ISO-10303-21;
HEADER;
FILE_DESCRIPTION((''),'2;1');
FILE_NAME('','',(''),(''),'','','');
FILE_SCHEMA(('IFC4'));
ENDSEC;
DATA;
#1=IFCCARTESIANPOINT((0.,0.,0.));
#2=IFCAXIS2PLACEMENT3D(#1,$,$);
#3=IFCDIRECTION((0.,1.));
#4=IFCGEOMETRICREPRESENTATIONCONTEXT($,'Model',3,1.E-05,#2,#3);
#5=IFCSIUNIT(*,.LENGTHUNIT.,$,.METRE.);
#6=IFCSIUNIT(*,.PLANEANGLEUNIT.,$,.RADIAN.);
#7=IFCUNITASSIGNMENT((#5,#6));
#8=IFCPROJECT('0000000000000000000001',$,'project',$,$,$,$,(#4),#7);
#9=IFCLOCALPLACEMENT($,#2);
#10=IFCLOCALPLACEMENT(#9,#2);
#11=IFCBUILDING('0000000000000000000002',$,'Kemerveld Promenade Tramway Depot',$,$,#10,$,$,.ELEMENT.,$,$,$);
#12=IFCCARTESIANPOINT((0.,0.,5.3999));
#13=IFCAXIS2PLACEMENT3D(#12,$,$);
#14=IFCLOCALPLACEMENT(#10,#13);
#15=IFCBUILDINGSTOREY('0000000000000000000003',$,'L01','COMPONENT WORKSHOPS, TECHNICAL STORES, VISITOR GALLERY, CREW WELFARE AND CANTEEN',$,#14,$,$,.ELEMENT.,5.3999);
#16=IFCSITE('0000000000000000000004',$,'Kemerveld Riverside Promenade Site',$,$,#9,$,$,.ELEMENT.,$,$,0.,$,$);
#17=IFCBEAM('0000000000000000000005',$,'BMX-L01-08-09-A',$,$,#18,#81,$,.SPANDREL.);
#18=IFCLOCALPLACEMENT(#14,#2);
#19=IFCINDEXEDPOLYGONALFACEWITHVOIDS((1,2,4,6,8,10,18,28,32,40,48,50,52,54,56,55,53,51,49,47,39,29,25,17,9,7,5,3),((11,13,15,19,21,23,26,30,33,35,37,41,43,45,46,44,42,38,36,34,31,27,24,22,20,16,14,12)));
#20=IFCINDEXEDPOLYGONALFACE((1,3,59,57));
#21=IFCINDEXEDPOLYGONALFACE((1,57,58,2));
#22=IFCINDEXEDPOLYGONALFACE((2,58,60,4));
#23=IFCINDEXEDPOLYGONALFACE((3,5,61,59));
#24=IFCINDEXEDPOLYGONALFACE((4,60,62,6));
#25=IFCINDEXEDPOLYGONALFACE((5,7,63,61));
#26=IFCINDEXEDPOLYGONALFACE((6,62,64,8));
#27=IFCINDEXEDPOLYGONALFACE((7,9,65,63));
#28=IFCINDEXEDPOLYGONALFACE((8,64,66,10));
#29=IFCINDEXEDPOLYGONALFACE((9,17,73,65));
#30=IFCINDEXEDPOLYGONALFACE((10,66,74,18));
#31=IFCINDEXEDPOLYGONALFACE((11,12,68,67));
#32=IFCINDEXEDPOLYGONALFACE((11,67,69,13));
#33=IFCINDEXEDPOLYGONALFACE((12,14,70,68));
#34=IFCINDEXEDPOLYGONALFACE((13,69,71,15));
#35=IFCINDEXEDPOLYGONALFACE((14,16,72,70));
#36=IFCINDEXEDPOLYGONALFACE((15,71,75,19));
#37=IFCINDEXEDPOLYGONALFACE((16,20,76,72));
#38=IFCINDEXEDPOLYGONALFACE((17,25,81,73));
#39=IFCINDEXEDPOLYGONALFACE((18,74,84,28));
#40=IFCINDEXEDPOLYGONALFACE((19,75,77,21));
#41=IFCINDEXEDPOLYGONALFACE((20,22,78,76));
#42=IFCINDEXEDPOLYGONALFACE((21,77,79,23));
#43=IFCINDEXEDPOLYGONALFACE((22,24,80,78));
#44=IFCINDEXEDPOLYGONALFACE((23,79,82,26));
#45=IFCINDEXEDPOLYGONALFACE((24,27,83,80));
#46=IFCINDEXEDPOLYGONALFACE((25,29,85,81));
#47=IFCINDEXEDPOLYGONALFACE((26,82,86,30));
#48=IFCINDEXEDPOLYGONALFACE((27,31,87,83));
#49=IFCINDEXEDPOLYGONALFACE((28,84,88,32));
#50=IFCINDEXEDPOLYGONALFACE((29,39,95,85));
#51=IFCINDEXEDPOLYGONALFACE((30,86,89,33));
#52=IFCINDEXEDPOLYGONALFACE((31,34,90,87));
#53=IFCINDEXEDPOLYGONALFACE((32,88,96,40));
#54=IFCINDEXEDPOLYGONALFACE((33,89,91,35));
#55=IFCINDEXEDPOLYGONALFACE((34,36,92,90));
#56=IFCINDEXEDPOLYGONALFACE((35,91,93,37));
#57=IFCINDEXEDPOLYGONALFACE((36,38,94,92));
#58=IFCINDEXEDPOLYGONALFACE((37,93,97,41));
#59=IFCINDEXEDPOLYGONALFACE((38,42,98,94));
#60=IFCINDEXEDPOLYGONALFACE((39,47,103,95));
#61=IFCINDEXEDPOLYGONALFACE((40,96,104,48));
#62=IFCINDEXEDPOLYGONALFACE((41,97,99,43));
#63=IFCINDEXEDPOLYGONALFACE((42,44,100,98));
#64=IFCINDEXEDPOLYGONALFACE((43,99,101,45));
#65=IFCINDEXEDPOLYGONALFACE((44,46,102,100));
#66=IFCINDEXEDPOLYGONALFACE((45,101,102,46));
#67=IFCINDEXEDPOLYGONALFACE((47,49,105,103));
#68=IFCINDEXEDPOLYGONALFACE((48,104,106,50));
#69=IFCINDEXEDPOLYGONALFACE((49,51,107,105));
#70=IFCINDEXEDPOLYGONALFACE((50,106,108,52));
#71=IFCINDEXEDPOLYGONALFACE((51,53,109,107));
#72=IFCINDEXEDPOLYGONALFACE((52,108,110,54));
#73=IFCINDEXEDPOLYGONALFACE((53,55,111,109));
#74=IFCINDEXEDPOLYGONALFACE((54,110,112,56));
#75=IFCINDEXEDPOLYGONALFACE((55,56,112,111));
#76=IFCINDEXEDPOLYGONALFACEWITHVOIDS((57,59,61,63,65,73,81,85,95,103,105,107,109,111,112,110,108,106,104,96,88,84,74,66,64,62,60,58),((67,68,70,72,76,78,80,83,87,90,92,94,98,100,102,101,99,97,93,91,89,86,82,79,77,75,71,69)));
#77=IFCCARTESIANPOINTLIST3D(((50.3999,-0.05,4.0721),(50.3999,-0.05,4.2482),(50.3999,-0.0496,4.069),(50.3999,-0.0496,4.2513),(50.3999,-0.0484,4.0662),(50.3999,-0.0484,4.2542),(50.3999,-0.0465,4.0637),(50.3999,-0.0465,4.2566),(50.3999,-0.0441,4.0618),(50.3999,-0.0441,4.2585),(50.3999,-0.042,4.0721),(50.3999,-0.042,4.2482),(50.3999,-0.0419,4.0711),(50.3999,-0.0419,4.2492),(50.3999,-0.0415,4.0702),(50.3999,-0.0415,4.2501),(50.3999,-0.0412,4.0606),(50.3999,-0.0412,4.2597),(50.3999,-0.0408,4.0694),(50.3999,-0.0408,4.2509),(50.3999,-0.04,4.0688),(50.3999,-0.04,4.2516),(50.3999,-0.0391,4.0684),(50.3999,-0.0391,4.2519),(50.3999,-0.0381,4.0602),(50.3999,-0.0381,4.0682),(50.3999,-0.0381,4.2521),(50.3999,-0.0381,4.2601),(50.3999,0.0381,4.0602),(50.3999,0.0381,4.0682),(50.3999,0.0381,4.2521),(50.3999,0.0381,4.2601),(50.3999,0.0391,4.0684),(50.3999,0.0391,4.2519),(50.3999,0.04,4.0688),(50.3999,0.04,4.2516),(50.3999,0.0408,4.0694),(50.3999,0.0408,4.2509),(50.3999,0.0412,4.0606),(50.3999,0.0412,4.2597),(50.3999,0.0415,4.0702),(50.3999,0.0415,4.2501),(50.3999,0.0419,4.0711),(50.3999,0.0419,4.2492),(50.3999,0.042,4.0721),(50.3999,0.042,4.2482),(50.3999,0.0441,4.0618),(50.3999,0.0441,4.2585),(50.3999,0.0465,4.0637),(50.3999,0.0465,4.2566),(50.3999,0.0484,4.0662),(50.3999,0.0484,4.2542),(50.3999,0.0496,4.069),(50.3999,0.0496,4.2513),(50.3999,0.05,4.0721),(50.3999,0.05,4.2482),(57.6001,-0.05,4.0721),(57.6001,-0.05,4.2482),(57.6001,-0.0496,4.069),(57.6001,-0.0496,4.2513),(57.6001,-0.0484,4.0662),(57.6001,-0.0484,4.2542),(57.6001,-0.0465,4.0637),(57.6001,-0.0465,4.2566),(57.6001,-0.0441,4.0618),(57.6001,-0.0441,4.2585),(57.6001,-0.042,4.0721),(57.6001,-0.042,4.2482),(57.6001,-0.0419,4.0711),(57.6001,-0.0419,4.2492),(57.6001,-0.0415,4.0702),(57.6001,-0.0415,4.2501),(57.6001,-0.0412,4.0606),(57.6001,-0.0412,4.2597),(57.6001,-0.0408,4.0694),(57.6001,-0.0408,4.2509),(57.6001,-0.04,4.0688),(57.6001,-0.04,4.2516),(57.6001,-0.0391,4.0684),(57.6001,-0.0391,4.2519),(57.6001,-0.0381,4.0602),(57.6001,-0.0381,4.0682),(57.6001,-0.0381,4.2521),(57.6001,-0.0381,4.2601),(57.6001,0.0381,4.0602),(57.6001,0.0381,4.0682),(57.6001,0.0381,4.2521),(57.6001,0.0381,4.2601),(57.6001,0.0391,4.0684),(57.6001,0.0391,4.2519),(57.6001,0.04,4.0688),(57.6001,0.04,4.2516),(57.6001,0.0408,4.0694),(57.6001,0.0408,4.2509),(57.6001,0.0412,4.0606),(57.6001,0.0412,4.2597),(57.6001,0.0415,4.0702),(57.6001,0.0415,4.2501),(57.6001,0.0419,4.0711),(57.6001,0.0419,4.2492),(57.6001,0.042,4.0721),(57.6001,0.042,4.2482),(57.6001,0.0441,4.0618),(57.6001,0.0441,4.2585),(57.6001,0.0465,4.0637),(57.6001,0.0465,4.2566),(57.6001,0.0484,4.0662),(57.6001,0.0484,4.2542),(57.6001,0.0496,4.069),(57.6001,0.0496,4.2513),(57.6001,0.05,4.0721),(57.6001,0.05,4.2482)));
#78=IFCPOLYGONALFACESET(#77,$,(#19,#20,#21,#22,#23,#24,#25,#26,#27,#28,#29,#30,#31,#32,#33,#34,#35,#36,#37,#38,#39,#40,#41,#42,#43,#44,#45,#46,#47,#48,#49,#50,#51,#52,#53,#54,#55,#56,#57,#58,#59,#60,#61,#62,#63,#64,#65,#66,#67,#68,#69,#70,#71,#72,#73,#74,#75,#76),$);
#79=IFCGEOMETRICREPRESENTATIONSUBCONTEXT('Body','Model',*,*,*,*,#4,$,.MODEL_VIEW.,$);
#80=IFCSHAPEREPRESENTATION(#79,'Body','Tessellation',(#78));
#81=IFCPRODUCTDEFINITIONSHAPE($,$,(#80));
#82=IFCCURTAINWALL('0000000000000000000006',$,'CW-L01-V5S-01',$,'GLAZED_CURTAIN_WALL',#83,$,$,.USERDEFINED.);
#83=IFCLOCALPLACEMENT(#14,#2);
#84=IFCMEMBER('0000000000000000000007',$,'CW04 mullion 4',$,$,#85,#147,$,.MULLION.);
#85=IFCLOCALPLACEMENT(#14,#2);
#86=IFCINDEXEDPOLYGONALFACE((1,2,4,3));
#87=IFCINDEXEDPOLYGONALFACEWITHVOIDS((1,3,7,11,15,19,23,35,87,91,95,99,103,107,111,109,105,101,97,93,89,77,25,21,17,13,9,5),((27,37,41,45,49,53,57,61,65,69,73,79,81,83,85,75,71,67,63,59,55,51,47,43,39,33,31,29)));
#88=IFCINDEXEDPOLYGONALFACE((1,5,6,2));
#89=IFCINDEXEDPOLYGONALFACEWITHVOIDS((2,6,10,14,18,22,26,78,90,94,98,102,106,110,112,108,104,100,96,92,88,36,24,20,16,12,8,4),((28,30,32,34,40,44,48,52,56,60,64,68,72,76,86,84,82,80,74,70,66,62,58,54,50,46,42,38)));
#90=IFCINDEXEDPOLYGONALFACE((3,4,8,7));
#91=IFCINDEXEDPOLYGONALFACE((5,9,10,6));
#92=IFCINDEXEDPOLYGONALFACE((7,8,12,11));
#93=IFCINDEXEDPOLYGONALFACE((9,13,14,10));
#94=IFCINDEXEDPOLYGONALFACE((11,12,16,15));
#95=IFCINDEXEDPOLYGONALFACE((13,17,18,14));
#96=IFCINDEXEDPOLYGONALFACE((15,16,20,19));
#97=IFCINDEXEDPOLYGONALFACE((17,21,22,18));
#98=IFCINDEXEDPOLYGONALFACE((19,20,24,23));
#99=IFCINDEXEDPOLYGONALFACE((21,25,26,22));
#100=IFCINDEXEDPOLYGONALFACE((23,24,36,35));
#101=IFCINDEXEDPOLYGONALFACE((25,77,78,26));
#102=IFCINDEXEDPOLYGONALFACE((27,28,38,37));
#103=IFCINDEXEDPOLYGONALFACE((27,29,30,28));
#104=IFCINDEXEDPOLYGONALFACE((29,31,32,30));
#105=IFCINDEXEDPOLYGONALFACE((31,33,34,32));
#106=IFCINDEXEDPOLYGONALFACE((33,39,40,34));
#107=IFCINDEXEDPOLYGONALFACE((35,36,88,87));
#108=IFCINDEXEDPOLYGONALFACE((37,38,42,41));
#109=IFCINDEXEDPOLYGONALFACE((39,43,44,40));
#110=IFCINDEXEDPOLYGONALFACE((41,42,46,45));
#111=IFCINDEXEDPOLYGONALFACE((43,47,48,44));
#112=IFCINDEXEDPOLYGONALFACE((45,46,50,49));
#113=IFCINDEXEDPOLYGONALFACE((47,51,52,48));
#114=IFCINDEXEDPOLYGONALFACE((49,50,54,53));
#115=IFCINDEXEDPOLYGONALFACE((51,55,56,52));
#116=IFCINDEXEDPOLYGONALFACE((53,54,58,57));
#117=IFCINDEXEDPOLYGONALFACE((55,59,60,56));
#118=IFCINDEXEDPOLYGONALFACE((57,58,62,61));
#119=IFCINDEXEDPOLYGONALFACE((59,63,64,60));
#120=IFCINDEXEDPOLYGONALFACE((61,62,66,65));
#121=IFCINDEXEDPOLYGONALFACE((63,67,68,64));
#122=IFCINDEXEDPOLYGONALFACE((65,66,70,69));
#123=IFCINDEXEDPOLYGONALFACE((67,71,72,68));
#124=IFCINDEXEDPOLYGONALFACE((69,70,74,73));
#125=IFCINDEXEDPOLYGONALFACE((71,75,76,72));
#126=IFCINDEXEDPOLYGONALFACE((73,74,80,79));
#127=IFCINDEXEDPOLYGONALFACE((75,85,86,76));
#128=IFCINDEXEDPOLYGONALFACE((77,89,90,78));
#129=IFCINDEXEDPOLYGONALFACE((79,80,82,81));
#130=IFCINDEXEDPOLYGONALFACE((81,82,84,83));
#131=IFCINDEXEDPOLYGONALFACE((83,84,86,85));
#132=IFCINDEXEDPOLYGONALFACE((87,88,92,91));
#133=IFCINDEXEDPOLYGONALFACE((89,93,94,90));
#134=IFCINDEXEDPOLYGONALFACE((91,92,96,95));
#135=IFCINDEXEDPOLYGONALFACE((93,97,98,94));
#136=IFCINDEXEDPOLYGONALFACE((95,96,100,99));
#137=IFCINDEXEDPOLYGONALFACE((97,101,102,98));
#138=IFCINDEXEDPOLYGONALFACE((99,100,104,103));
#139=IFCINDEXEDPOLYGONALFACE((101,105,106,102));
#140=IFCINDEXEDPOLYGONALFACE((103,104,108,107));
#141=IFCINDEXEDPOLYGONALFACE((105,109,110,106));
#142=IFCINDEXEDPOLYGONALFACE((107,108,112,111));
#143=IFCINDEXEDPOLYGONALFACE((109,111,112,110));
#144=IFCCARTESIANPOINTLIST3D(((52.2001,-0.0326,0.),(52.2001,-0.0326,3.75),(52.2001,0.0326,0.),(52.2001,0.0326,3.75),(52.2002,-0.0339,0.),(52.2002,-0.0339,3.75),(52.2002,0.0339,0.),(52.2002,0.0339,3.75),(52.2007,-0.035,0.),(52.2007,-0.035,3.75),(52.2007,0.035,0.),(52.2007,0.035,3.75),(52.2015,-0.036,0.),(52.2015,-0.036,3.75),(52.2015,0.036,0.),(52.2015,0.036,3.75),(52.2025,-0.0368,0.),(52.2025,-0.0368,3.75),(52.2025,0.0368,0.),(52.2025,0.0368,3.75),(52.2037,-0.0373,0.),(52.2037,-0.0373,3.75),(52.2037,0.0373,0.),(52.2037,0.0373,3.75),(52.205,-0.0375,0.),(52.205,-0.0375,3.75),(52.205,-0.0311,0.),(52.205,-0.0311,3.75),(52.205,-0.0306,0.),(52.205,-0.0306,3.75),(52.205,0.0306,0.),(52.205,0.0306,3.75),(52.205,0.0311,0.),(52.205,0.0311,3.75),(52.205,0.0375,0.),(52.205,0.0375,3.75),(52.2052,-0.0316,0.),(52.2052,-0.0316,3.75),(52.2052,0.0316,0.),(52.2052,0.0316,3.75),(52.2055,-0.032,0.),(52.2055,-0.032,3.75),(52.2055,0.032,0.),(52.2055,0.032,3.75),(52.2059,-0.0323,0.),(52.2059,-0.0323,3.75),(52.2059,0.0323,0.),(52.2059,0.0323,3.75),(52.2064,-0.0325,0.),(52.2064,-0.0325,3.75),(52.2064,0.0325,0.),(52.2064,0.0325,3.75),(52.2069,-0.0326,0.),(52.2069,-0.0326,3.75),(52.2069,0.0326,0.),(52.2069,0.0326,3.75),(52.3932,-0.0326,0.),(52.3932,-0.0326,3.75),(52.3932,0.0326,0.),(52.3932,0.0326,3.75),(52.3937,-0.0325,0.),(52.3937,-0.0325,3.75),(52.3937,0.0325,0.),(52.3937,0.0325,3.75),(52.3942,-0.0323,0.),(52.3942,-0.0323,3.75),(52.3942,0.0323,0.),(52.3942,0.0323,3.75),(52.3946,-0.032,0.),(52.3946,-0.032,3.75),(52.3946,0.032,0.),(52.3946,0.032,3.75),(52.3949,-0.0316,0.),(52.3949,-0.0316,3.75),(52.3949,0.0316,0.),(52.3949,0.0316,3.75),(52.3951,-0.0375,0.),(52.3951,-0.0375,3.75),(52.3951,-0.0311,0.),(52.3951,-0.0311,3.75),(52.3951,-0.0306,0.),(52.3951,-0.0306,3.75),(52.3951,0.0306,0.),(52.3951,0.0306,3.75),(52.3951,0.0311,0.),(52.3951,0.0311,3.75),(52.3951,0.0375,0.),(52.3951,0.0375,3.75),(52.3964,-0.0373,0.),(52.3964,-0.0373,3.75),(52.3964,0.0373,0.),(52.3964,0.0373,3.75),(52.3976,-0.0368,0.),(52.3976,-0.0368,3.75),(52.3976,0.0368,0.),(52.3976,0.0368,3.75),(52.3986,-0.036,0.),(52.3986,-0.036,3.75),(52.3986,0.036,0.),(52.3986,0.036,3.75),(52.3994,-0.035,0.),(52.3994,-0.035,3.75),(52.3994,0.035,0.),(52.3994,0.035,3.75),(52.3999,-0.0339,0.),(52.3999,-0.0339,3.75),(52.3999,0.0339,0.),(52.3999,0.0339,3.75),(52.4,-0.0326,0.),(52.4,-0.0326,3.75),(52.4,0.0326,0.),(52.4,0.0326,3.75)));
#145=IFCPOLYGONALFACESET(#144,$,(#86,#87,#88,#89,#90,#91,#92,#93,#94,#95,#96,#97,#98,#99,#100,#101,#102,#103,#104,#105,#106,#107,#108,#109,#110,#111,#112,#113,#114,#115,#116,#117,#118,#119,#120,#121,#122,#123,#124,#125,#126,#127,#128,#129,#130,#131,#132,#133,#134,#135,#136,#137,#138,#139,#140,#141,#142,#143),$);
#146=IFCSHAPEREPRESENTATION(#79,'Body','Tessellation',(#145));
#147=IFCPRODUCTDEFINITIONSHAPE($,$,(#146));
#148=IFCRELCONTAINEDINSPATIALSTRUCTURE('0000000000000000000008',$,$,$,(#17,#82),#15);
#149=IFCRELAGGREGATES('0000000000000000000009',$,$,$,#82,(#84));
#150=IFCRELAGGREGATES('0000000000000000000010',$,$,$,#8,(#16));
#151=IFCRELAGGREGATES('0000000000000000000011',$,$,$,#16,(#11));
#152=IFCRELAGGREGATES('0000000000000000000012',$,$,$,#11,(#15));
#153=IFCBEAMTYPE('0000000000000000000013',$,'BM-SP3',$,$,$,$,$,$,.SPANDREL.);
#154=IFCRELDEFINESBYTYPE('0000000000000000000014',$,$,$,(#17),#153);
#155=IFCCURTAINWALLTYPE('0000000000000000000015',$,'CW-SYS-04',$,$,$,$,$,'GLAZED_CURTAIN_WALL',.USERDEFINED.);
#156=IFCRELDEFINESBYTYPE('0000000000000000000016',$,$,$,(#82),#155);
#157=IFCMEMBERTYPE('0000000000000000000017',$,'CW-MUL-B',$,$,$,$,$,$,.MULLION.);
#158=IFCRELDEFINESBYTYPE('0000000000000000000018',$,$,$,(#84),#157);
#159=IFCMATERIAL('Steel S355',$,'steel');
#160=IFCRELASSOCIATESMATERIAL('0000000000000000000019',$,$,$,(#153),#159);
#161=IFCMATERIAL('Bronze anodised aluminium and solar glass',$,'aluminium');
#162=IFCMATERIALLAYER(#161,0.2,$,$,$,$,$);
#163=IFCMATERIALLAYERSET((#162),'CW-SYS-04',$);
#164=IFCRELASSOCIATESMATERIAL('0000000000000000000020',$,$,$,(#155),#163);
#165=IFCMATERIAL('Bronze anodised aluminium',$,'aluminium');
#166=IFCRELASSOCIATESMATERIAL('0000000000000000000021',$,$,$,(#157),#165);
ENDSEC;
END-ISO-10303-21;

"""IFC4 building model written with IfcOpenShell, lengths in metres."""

from ifc_helpers import new_model, si_unit, direction, frame, origin, origin_2d, place, context, subcontext, project, spatial, hollow_rectangle, extrude, material, layer, layer_set, material_profile, profile_set, type_object, element, aggregate, save


model = new_model("IFC4")

# Units and contexts
model_context = context("Model", 3, precision=1e-05, world=origin(), true_north=direction((0.0, 1.0)))
body_context = subcontext(model_context, "Body", "Model", "MODEL_VIEW")
ifc_project = project(units=[si_unit("LENGTHUNIT", "METRE"), si_unit("PLANEANGLEUNIT", "RADIAN")], contexts=[model_context])

# Site, building, storey
site_placement = place(None, origin())
site = spatial("IfcSite", under=ifc_project, at=site_placement, Name="Kemerveld Riverside Promenade Site", CompositionType="ELEMENT", RefElevation=0.0)
building_placement = place(site_placement, origin())
building = spatial("IfcBuilding", under=site, at=building_placement, Name="Kemerveld Promenade Tramway Depot", CompositionType="ELEMENT")
storey_placement = place(building_placement, frame((0.0, 0.0, 5.3999)))
storey = spatial("IfcBuildingStorey", under=building, at=storey_placement, Name="L01", Description="COMPONENT WORKSHOPS, TECHNICAL STORES, VISITOR GALLERY, CREW WELFARE AND CANTEEN", CompositionType="ELEMENT", Elevation=5.3999)

# Shared definitions
ifc_material_1 = material(Name="Steel S355", Category="steel")

# Beam
ifc_material_profile_1 = material_profile(ifc_material_1, hollow_rectangle(XDim=0.1001, YDim=0.2, WallThickness=0.0081, InnerFilletRadius=0.0039, OuterFilletRadius=0.012, at=origin_2d()), Name="200x100x8.0 RHS")
ifc_profile_set_1 = profile_set([ifc_material_profile_1], Name="Steel S355")
beam_type_1 = type_object("IfcBeamType", Name="BM-SP3", PredefinedType="SPANDREL", material=ifc_profile_set_1)
beam_1_placement = place(storey_placement, frame((50.3999, 0.0, 4.1602), z_axis=(1.0, 0.0, 0.0), x_axis=(0.0, 1.0, 0.0)))
element("IfcBeam", 1, at=beam_1_placement, inside=storey, type_object=beam_type_1, Name="BMX-L01-08-09-A", PredefinedType="SPANDREL", context=body_context, shape_type="SweptSolid", body=[
    extrude(hollow_rectangle(XDim=0.1001, YDim=0.2, WallThickness=0.0081, InnerFilletRadius=0.0039, OuterFilletRadius=0.012, at=origin_2d()), origin(), (0.0, 0.0, 1.0), 7.2002),
])

# Curtain wall, member
ifc_material_2 = material(Name="Bronze anodised aluminium and solar glass", Category="aluminium")
ifc_layer_1 = layer(ifc_material_2, 0.2)
ifc_layer_set_1 = layer_set([ifc_layer_1], Name="CW-SYS-04")
curtain_wall_type = type_object("IfcCurtainWallType", Name="CW-SYS-04", ElementType="GLAZED_CURTAIN_WALL", PredefinedType="USERDEFINED", material=ifc_layer_set_1)
curtain_wall_placement = place(storey_placement, origin())
curtain_wall = element("IfcCurtainWall", 2, at=curtain_wall_placement, inside=storey, type_object=curtain_wall_type, Name="CW-L01-V5S-01", ObjectType="GLAZED_CURTAIN_WALL", PredefinedType="USERDEFINED")
ifc_material_3 = material(Name="Bronze anodised aluminium", Category="aluminium")
ifc_material_profile_2 = material_profile(ifc_material_3, hollow_rectangle(XDim=0.075, YDim=0.2, WallThickness=0.0049, InnerFilletRadius=0.002, OuterFilletRadius=0.0049, at=origin_2d()), Name="CW-MUL-200x75")
ifc_profile_set_2 = profile_set([ifc_material_profile_2], Name="Bronze anodised aluminium")
member_type_1 = type_object("IfcMemberType", Name="CW-MUL-B", PredefinedType="MULLION", material=ifc_profile_set_2)
member_1_placement = place(storey_placement, frame((52.3, 0.0, 0.0), z_axis=(0.0, 0.0, 1.0), x_axis=(0.0, -1.0, 0.0)))
member_1 = element("IfcMember", 3, at=member_1_placement, type_object=member_type_1, Name="CW04 mullion 4", PredefinedType="MULLION", context=body_context, shape_type="SweptSolid", body=[
    extrude(hollow_rectangle(XDim=0.075, YDim=0.2, WallThickness=0.0049, InnerFilletRadius=0.002, OuterFilletRadius=0.0049, at=origin_2d()), origin(), (0.0, 0.0, 1.0), 3.75),
])
aggregate(curtain_wall, [member_1])

save(model, "model.ifc")
